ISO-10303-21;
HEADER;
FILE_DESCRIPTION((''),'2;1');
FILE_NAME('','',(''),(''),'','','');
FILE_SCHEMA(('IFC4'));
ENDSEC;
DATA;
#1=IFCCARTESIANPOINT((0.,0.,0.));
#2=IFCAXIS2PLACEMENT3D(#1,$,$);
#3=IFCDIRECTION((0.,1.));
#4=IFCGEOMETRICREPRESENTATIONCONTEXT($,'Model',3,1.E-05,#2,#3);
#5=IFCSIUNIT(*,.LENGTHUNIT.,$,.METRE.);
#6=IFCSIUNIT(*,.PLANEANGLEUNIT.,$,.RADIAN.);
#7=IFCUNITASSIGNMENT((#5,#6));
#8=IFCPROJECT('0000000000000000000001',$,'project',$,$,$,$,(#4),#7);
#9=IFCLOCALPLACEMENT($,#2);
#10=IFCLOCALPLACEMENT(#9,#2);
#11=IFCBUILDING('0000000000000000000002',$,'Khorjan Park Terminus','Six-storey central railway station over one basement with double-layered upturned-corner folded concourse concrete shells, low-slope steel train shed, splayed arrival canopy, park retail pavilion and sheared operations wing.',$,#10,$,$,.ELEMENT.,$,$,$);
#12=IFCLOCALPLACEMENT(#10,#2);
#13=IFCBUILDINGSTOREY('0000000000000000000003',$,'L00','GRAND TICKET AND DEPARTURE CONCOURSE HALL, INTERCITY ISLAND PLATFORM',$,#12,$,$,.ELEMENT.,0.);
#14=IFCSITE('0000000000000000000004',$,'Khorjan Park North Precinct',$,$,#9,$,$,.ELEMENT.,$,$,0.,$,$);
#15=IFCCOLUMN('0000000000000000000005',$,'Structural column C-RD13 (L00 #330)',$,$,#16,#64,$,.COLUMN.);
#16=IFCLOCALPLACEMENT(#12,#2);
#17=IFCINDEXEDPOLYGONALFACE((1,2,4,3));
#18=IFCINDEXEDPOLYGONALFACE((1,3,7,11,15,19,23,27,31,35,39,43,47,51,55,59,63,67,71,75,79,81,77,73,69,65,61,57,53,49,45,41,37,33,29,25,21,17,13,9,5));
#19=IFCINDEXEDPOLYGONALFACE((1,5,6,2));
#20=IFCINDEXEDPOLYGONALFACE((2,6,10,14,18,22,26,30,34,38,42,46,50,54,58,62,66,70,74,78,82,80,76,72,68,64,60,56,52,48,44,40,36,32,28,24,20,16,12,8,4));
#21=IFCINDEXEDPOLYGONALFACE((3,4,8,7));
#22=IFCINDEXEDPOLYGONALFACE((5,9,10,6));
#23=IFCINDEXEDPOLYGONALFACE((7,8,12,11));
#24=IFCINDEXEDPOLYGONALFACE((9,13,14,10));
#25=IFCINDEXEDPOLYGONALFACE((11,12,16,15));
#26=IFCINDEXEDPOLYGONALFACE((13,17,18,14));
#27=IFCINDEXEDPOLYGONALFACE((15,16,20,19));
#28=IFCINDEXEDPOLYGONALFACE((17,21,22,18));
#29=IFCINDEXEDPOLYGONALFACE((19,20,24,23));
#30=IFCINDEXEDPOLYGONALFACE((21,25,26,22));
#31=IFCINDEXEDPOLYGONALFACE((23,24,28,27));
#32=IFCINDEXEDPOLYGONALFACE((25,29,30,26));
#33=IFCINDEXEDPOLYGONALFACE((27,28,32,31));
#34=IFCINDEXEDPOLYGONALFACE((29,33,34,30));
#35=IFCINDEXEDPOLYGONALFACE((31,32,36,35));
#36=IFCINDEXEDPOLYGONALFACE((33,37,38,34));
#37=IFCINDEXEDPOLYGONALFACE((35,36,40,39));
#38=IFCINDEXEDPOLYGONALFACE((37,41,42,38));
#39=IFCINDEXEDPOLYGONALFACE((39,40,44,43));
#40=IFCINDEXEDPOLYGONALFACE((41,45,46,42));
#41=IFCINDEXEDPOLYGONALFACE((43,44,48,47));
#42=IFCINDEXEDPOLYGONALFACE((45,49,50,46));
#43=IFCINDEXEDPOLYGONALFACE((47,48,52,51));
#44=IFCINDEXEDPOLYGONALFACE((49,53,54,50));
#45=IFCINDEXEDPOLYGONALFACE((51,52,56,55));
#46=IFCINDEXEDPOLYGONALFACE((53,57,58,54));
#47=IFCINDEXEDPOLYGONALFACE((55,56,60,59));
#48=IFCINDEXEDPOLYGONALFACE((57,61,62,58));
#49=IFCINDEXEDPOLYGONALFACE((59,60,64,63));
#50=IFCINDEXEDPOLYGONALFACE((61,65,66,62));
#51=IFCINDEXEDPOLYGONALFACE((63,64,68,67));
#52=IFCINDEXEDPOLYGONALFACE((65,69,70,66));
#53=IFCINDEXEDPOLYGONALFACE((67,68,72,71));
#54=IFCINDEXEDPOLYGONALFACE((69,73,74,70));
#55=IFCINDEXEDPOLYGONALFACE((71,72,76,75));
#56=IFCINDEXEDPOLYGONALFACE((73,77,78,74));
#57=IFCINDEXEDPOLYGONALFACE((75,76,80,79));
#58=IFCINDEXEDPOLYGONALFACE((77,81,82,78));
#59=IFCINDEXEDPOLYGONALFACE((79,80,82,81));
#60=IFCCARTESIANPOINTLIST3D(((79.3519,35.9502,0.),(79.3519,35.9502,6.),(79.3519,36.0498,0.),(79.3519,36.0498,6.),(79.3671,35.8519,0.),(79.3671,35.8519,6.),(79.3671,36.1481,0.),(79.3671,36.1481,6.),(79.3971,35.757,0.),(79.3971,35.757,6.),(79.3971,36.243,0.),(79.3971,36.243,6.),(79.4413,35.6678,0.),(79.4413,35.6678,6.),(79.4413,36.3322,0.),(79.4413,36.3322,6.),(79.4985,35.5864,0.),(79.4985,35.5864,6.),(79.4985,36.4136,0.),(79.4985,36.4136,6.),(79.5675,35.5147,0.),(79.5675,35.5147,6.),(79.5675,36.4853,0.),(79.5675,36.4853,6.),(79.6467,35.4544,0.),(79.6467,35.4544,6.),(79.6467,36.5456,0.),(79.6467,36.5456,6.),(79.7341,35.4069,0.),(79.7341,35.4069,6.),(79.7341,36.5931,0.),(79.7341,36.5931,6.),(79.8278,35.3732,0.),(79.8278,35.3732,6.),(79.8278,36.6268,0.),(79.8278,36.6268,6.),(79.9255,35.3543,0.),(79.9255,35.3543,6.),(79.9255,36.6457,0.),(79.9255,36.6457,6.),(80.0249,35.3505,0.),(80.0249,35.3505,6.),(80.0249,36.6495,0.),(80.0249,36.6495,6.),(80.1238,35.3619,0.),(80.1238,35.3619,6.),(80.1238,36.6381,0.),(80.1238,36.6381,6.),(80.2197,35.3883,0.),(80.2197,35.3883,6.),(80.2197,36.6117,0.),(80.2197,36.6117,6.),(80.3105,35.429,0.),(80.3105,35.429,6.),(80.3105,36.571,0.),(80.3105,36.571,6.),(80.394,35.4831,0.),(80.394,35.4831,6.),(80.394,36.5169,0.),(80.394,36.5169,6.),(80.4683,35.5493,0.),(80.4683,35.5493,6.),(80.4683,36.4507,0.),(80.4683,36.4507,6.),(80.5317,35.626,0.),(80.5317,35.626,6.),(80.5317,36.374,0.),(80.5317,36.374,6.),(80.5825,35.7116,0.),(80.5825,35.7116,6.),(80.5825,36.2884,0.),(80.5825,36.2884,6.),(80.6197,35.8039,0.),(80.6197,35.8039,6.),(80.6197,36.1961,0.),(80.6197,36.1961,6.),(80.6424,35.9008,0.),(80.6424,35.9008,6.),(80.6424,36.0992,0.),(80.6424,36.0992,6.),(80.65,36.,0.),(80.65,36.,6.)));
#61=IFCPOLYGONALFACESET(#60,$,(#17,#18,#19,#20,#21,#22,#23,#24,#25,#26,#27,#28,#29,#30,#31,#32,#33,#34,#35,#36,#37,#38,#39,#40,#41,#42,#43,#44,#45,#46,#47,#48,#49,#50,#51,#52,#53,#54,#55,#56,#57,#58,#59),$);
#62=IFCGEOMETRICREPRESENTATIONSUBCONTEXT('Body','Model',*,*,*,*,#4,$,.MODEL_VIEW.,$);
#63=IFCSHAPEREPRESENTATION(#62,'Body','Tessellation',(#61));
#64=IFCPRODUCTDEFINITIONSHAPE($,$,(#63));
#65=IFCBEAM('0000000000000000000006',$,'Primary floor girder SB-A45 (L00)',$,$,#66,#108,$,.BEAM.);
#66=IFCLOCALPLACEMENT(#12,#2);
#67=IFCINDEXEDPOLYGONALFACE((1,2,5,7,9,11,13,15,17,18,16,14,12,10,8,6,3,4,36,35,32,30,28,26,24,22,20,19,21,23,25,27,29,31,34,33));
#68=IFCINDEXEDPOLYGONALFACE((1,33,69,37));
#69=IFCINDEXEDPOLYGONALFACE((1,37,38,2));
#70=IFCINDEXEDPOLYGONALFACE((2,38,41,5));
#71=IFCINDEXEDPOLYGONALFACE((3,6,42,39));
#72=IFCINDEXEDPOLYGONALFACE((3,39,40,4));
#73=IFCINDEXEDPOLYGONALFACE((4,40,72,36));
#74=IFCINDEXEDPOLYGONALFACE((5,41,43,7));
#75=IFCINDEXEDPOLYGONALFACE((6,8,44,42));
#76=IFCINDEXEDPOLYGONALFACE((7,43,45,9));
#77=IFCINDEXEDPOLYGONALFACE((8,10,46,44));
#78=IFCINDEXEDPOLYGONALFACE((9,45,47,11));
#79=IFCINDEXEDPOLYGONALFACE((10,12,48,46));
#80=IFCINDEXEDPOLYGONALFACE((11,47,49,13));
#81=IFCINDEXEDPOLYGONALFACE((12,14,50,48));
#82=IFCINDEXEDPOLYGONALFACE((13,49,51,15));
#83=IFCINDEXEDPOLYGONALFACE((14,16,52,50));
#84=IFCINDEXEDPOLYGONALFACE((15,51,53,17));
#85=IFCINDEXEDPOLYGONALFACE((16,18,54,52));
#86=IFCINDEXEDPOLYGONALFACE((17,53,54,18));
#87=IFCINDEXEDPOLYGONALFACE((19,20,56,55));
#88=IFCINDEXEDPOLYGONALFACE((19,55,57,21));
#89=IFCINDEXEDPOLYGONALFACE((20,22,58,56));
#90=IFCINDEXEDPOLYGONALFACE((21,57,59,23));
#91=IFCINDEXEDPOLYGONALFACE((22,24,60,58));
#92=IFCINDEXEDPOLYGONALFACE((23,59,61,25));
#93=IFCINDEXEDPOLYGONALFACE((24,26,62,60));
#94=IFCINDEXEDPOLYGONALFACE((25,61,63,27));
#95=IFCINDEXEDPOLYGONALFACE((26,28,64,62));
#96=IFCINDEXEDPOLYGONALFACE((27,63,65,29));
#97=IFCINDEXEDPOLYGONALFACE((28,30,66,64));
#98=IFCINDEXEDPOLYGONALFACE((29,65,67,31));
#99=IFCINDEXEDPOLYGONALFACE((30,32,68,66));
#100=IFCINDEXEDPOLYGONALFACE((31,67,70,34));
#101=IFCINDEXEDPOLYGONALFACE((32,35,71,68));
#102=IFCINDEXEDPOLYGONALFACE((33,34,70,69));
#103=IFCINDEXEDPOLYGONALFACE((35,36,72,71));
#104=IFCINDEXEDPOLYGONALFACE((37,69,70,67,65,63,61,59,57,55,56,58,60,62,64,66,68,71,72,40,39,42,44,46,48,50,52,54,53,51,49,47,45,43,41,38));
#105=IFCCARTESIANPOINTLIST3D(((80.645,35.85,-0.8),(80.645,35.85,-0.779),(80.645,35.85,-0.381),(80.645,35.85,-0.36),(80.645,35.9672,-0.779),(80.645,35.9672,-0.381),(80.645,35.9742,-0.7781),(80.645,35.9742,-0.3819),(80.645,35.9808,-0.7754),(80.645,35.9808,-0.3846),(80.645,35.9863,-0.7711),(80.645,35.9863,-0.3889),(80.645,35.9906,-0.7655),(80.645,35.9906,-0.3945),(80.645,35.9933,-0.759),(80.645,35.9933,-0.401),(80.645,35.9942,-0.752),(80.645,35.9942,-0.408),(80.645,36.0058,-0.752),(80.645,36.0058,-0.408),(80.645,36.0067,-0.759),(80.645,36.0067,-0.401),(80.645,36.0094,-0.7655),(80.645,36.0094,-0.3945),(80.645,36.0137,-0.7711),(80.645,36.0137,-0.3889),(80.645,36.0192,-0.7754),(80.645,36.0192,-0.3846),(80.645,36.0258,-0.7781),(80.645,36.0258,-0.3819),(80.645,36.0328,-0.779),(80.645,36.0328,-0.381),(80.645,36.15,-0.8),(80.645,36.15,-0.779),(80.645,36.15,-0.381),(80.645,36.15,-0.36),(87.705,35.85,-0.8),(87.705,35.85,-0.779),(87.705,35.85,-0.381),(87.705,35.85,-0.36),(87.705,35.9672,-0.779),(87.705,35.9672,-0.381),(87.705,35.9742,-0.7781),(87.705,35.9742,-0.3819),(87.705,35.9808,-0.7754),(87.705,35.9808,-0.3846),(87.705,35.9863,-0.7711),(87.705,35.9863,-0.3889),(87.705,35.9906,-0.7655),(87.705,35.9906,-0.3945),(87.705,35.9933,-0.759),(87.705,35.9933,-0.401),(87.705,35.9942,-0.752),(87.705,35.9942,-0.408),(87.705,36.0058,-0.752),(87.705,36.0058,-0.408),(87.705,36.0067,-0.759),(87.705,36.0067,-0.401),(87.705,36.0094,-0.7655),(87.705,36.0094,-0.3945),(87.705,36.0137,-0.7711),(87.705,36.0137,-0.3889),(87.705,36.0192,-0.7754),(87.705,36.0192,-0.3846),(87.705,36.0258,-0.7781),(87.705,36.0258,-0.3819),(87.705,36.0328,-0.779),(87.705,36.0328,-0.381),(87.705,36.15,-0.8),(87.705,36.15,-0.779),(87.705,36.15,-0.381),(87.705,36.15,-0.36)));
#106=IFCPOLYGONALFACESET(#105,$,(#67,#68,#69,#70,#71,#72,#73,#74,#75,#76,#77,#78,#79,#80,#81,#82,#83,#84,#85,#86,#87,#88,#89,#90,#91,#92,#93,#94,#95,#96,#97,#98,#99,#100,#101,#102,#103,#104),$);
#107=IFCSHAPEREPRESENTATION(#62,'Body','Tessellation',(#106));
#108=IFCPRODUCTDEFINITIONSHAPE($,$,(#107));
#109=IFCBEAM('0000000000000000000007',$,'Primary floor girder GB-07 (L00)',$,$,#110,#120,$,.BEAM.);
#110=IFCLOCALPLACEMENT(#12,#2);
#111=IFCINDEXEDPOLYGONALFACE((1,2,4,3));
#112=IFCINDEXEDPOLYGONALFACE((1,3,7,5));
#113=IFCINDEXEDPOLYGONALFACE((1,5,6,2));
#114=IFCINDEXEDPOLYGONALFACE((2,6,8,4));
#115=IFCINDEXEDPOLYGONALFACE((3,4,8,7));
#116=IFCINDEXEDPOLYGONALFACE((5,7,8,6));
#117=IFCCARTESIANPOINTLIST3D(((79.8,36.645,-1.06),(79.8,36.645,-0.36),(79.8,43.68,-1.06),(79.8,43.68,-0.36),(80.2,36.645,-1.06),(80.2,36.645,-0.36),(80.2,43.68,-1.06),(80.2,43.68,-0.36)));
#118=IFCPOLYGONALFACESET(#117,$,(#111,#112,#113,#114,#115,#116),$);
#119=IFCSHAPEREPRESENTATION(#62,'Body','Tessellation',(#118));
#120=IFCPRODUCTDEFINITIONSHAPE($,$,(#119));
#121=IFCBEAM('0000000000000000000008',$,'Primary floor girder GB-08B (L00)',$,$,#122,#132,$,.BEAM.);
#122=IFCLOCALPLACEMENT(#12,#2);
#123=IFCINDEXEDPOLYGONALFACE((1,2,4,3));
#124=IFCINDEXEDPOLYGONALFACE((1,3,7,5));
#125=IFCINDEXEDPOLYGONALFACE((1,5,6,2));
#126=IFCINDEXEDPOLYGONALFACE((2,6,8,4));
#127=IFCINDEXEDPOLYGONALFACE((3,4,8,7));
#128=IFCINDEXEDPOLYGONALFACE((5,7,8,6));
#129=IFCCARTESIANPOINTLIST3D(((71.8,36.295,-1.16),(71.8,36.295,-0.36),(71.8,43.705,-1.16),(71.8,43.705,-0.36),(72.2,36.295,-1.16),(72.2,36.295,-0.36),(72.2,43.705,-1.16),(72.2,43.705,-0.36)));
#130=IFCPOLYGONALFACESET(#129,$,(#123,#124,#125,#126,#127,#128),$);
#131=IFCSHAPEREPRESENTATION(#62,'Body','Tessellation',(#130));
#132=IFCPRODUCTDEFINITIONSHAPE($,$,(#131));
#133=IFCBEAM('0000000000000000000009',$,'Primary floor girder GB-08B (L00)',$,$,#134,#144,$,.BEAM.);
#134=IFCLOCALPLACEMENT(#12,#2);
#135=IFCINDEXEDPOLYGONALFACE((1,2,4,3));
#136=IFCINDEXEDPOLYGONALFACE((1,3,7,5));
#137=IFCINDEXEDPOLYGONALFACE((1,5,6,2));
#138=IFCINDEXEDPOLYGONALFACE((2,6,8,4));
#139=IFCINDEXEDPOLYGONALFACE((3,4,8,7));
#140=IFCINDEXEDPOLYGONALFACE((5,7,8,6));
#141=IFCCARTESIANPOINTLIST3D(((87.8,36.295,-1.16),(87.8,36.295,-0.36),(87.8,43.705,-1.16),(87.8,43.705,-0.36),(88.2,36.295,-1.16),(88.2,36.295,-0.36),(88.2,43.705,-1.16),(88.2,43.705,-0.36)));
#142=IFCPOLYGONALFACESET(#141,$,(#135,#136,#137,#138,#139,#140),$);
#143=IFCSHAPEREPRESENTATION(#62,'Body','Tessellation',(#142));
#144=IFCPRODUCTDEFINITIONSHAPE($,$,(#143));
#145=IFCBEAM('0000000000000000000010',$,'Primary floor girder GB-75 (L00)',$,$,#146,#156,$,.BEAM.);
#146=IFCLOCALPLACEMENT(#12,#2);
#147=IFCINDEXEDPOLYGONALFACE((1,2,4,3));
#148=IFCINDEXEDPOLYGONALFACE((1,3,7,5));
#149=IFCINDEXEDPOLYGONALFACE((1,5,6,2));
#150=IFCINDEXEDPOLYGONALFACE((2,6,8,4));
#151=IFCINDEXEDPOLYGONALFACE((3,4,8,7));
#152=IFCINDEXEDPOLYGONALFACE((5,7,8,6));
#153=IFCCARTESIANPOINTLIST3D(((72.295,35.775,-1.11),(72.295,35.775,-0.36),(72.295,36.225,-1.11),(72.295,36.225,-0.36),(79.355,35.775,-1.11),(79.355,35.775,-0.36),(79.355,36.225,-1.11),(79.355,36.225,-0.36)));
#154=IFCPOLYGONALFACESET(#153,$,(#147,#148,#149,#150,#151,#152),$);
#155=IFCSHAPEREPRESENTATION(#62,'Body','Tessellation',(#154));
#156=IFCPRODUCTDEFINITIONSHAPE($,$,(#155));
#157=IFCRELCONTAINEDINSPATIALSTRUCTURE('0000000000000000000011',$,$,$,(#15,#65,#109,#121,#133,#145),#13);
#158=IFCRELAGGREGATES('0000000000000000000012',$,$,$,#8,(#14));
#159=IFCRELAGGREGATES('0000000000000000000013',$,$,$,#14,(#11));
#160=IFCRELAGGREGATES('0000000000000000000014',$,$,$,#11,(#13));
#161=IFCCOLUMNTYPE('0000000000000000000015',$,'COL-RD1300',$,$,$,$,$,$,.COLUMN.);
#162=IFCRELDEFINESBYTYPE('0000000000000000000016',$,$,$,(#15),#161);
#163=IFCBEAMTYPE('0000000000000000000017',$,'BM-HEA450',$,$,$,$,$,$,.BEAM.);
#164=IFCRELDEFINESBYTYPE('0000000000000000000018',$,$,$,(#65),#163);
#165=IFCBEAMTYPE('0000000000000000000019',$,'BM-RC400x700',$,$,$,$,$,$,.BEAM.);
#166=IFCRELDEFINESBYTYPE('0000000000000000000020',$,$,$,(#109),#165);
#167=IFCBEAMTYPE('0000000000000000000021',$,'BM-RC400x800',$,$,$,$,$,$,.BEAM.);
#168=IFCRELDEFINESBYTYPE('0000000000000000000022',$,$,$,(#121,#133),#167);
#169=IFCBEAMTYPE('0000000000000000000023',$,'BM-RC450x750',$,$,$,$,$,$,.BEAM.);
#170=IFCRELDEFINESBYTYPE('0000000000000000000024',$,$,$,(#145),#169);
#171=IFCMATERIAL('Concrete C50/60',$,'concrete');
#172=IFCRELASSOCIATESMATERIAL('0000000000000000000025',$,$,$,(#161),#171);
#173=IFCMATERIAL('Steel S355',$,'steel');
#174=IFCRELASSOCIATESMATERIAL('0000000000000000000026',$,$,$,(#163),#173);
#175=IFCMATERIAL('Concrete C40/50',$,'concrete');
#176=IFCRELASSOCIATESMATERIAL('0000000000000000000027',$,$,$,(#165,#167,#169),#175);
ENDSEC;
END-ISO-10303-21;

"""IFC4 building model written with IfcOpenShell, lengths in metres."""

from ifc_helpers import new_model, si_unit, direction, frame, origin, origin_2d, place, context, subcontext, project, spatial, rectangle, circle, i_section, extrude, material, material_profile, profile_set, type_object, element, save


model = new_model("IFC4")

# Units and contexts
model_context = context("Model", 3, precision=1e-05, world=origin(), true_north=direction((0.0, 1.0)))
body_context = subcontext(model_context, "Body", "Model", "MODEL_VIEW")
ifc_project = project(units=[si_unit("LENGTHUNIT", "METRE"), si_unit("PLANEANGLEUNIT", "RADIAN")], contexts=[model_context])

# Site, building, storey
site_placement = place(None, origin())
site = spatial("IfcSite", under=ifc_project, at=site_placement, Name="Khorjan Park North Precinct", CompositionType="ELEMENT", RefElevation=0.0)
building_placement = place(site_placement, origin())
building = spatial("IfcBuilding", under=site, at=building_placement, Name="Khorjan Park Terminus", Description="Six-storey central railway station over one basement with double-layered upturned-corner folded concourse concrete shells, low-slope steel train shed, splayed arrival canopy, park retail pavilion and sheared operations wing.", CompositionType="ELEMENT")
storey_placement = place(building_placement, origin())
storey = spatial("IfcBuildingStorey", under=building, at=storey_placement, Name="L00", Description="GRAND TICKET AND DEPARTURE CONCOURSE HALL, INTERCITY ISLAND PLATFORM", CompositionType="ELEMENT", Elevation=0.0)

# Column
ifc_material_1 = material(Name="Concrete C50/60", Category="concrete")
ifc_material_profile_1 = material_profile(ifc_material_1, circle(Radius=0.65, at=origin_2d()), Name="RC D1300")
ifc_profile_set_1 = profile_set([ifc_material_profile_1], Name="Concrete C50/60")
column_type = type_object("IfcColumnType", Name="COL-RD1300", PredefinedType="COLUMN", material=ifc_profile_set_1)
column_placement = place(storey_placement, frame((80.0, 36.0, 0.0), z_axis=(0.0, 0.0, 1.0), x_axis=(1.0, 0.0, 0.0)))
element("IfcColumn", 1, at=column_placement, inside=storey, type_object=column_type, Name="Structural column C-RD13 (L00 #330)", PredefinedType="COLUMN", context=body_context, shape_type="SweptSolid", body=[
    extrude(circle(Radius=0.65, at=origin_2d()), origin(), (0.0, 0.0, 1.0), 6.0),
])

# Beams
ifc_material_2 = material(Name="Steel S355", Category="steel")
ifc_material_profile_2 = material_profile(ifc_material_2, i_section(OverallWidth=0.3, OverallDepth=0.44, WebThickness=0.0115, FlangeThickness=0.021, FilletRadius=0.027, at=origin_2d()), Name="HEA 450")
ifc_profile_set_2 = profile_set([ifc_material_profile_2], Name="Steel S355")
beam_type_1 = type_object("IfcBeamType", Name="BM-HEA450", PredefinedType="BEAM", material=ifc_profile_set_2)
beam_1_placement = place(storey_placement, frame((80.645, 36.0, -0.58), z_axis=(1.0, 0.0, 0.0), x_axis=(0.0, 1.0, 0.0)))
element("IfcBeam", 2, at=beam_1_placement, inside=storey, type_object=beam_type_1, Name="Primary floor girder SB-A45 (L00)", PredefinedType="BEAM", context=body_context, shape_type="SweptSolid", body=[
    extrude(i_section(OverallWidth=0.3, OverallDepth=0.44, WebThickness=0.0115, FlangeThickness=0.021, FilletRadius=0.027, at=origin_2d()), origin(), (0.0, 0.0, 1.0), 7.06),
])
ifc_material_3 = material(Name="Concrete C40/50", Category="concrete")
ifc_material_profile_3 = material_profile(ifc_material_3, rectangle(XDim=0.4, YDim=0.7, at=origin_2d()), Name="RC 400x700")
ifc_profile_set_3 = profile_set([ifc_material_profile_3], Name="Concrete C40/50")
beam_type_2 = type_object("IfcBeamType", Name="BM-RC400x700", PredefinedType="BEAM", material=ifc_profile_set_3)
beam_2_placement = place(storey_placement, frame((80.0, 36.645, -0.71), z_axis=(0.0, 1.0, 0.0), x_axis=(-1.0, 0.0, 0.0)))
element("IfcBeam", 3, at=beam_2_placement, inside=storey, type_object=beam_type_2, Name="Primary floor girder GB-07 (L00)", PredefinedType="BEAM", context=body_context, shape_type="SweptSolid", body=[
    extrude(rectangle(XDim=0.4, YDim=0.7, at=origin_2d()), origin(), (0.0, 0.0, 1.0), 7.035),
])
ifc_material_profile_4 = material_profile(ifc_material_3, rectangle(XDim=0.4, YDim=0.8, at=origin_2d()), Name="RC 400x800")
ifc_profile_set_4 = profile_set([ifc_material_profile_4], Name="Concrete C40/50")
beam_type_3 = type_object("IfcBeamType", Name="BM-RC400x800", PredefinedType="BEAM", material=ifc_profile_set_4)
for number, where, z_axis, x_axis, name in (
    (4, (72.0, 36.295, -0.76), (0.0, 1.0, 0.0), (-1.0, 0.0, 0.0), "Primary floor girder GB-08B (L00)"),
    (5, (88.0, 36.295, -0.76), (0.0, 1.0, 0.0), (-1.0, 0.0, 0.0), "Primary floor girder GB-08B (L00)"),
):
    element("IfcBeam", number, at=place(storey_placement, frame(where, z_axis=z_axis, x_axis=x_axis)), inside=storey, type_object=beam_type_3, Name=name, PredefinedType="BEAM", context=body_context, shape_type="SweptSolid", body=[
        extrude(rectangle(XDim=0.4, YDim=0.8, at=origin_2d()), origin(), (0.0, 0.0, 1.0), 7.41),
    ])
ifc_material_profile_5 = material_profile(ifc_material_3, rectangle(XDim=0.45, YDim=0.75, at=origin_2d()), Name="RC 450x750")
ifc_profile_set_5 = profile_set([ifc_material_profile_5], Name="Concrete C40/50")
beam_type_4 = type_object("IfcBeamType", Name="BM-RC450x750", PredefinedType="BEAM", material=ifc_profile_set_5)
beam_3_placement = place(storey_placement, frame((72.295, 36.0, -0.735), z_axis=(1.0, 0.0, 0.0), x_axis=(0.0, 1.0, 0.0)))
element("IfcBeam", 6, at=beam_3_placement, inside=storey, type_object=beam_type_4, Name="Primary floor girder GB-75 (L00)", PredefinedType="BEAM", context=body_context, shape_type="SweptSolid", body=[
    extrude(rectangle(XDim=0.45, YDim=0.75, at=origin_2d()), origin(), (0.0, 0.0, 1.0), 7.06),
])

save(model, "model.ifc")
